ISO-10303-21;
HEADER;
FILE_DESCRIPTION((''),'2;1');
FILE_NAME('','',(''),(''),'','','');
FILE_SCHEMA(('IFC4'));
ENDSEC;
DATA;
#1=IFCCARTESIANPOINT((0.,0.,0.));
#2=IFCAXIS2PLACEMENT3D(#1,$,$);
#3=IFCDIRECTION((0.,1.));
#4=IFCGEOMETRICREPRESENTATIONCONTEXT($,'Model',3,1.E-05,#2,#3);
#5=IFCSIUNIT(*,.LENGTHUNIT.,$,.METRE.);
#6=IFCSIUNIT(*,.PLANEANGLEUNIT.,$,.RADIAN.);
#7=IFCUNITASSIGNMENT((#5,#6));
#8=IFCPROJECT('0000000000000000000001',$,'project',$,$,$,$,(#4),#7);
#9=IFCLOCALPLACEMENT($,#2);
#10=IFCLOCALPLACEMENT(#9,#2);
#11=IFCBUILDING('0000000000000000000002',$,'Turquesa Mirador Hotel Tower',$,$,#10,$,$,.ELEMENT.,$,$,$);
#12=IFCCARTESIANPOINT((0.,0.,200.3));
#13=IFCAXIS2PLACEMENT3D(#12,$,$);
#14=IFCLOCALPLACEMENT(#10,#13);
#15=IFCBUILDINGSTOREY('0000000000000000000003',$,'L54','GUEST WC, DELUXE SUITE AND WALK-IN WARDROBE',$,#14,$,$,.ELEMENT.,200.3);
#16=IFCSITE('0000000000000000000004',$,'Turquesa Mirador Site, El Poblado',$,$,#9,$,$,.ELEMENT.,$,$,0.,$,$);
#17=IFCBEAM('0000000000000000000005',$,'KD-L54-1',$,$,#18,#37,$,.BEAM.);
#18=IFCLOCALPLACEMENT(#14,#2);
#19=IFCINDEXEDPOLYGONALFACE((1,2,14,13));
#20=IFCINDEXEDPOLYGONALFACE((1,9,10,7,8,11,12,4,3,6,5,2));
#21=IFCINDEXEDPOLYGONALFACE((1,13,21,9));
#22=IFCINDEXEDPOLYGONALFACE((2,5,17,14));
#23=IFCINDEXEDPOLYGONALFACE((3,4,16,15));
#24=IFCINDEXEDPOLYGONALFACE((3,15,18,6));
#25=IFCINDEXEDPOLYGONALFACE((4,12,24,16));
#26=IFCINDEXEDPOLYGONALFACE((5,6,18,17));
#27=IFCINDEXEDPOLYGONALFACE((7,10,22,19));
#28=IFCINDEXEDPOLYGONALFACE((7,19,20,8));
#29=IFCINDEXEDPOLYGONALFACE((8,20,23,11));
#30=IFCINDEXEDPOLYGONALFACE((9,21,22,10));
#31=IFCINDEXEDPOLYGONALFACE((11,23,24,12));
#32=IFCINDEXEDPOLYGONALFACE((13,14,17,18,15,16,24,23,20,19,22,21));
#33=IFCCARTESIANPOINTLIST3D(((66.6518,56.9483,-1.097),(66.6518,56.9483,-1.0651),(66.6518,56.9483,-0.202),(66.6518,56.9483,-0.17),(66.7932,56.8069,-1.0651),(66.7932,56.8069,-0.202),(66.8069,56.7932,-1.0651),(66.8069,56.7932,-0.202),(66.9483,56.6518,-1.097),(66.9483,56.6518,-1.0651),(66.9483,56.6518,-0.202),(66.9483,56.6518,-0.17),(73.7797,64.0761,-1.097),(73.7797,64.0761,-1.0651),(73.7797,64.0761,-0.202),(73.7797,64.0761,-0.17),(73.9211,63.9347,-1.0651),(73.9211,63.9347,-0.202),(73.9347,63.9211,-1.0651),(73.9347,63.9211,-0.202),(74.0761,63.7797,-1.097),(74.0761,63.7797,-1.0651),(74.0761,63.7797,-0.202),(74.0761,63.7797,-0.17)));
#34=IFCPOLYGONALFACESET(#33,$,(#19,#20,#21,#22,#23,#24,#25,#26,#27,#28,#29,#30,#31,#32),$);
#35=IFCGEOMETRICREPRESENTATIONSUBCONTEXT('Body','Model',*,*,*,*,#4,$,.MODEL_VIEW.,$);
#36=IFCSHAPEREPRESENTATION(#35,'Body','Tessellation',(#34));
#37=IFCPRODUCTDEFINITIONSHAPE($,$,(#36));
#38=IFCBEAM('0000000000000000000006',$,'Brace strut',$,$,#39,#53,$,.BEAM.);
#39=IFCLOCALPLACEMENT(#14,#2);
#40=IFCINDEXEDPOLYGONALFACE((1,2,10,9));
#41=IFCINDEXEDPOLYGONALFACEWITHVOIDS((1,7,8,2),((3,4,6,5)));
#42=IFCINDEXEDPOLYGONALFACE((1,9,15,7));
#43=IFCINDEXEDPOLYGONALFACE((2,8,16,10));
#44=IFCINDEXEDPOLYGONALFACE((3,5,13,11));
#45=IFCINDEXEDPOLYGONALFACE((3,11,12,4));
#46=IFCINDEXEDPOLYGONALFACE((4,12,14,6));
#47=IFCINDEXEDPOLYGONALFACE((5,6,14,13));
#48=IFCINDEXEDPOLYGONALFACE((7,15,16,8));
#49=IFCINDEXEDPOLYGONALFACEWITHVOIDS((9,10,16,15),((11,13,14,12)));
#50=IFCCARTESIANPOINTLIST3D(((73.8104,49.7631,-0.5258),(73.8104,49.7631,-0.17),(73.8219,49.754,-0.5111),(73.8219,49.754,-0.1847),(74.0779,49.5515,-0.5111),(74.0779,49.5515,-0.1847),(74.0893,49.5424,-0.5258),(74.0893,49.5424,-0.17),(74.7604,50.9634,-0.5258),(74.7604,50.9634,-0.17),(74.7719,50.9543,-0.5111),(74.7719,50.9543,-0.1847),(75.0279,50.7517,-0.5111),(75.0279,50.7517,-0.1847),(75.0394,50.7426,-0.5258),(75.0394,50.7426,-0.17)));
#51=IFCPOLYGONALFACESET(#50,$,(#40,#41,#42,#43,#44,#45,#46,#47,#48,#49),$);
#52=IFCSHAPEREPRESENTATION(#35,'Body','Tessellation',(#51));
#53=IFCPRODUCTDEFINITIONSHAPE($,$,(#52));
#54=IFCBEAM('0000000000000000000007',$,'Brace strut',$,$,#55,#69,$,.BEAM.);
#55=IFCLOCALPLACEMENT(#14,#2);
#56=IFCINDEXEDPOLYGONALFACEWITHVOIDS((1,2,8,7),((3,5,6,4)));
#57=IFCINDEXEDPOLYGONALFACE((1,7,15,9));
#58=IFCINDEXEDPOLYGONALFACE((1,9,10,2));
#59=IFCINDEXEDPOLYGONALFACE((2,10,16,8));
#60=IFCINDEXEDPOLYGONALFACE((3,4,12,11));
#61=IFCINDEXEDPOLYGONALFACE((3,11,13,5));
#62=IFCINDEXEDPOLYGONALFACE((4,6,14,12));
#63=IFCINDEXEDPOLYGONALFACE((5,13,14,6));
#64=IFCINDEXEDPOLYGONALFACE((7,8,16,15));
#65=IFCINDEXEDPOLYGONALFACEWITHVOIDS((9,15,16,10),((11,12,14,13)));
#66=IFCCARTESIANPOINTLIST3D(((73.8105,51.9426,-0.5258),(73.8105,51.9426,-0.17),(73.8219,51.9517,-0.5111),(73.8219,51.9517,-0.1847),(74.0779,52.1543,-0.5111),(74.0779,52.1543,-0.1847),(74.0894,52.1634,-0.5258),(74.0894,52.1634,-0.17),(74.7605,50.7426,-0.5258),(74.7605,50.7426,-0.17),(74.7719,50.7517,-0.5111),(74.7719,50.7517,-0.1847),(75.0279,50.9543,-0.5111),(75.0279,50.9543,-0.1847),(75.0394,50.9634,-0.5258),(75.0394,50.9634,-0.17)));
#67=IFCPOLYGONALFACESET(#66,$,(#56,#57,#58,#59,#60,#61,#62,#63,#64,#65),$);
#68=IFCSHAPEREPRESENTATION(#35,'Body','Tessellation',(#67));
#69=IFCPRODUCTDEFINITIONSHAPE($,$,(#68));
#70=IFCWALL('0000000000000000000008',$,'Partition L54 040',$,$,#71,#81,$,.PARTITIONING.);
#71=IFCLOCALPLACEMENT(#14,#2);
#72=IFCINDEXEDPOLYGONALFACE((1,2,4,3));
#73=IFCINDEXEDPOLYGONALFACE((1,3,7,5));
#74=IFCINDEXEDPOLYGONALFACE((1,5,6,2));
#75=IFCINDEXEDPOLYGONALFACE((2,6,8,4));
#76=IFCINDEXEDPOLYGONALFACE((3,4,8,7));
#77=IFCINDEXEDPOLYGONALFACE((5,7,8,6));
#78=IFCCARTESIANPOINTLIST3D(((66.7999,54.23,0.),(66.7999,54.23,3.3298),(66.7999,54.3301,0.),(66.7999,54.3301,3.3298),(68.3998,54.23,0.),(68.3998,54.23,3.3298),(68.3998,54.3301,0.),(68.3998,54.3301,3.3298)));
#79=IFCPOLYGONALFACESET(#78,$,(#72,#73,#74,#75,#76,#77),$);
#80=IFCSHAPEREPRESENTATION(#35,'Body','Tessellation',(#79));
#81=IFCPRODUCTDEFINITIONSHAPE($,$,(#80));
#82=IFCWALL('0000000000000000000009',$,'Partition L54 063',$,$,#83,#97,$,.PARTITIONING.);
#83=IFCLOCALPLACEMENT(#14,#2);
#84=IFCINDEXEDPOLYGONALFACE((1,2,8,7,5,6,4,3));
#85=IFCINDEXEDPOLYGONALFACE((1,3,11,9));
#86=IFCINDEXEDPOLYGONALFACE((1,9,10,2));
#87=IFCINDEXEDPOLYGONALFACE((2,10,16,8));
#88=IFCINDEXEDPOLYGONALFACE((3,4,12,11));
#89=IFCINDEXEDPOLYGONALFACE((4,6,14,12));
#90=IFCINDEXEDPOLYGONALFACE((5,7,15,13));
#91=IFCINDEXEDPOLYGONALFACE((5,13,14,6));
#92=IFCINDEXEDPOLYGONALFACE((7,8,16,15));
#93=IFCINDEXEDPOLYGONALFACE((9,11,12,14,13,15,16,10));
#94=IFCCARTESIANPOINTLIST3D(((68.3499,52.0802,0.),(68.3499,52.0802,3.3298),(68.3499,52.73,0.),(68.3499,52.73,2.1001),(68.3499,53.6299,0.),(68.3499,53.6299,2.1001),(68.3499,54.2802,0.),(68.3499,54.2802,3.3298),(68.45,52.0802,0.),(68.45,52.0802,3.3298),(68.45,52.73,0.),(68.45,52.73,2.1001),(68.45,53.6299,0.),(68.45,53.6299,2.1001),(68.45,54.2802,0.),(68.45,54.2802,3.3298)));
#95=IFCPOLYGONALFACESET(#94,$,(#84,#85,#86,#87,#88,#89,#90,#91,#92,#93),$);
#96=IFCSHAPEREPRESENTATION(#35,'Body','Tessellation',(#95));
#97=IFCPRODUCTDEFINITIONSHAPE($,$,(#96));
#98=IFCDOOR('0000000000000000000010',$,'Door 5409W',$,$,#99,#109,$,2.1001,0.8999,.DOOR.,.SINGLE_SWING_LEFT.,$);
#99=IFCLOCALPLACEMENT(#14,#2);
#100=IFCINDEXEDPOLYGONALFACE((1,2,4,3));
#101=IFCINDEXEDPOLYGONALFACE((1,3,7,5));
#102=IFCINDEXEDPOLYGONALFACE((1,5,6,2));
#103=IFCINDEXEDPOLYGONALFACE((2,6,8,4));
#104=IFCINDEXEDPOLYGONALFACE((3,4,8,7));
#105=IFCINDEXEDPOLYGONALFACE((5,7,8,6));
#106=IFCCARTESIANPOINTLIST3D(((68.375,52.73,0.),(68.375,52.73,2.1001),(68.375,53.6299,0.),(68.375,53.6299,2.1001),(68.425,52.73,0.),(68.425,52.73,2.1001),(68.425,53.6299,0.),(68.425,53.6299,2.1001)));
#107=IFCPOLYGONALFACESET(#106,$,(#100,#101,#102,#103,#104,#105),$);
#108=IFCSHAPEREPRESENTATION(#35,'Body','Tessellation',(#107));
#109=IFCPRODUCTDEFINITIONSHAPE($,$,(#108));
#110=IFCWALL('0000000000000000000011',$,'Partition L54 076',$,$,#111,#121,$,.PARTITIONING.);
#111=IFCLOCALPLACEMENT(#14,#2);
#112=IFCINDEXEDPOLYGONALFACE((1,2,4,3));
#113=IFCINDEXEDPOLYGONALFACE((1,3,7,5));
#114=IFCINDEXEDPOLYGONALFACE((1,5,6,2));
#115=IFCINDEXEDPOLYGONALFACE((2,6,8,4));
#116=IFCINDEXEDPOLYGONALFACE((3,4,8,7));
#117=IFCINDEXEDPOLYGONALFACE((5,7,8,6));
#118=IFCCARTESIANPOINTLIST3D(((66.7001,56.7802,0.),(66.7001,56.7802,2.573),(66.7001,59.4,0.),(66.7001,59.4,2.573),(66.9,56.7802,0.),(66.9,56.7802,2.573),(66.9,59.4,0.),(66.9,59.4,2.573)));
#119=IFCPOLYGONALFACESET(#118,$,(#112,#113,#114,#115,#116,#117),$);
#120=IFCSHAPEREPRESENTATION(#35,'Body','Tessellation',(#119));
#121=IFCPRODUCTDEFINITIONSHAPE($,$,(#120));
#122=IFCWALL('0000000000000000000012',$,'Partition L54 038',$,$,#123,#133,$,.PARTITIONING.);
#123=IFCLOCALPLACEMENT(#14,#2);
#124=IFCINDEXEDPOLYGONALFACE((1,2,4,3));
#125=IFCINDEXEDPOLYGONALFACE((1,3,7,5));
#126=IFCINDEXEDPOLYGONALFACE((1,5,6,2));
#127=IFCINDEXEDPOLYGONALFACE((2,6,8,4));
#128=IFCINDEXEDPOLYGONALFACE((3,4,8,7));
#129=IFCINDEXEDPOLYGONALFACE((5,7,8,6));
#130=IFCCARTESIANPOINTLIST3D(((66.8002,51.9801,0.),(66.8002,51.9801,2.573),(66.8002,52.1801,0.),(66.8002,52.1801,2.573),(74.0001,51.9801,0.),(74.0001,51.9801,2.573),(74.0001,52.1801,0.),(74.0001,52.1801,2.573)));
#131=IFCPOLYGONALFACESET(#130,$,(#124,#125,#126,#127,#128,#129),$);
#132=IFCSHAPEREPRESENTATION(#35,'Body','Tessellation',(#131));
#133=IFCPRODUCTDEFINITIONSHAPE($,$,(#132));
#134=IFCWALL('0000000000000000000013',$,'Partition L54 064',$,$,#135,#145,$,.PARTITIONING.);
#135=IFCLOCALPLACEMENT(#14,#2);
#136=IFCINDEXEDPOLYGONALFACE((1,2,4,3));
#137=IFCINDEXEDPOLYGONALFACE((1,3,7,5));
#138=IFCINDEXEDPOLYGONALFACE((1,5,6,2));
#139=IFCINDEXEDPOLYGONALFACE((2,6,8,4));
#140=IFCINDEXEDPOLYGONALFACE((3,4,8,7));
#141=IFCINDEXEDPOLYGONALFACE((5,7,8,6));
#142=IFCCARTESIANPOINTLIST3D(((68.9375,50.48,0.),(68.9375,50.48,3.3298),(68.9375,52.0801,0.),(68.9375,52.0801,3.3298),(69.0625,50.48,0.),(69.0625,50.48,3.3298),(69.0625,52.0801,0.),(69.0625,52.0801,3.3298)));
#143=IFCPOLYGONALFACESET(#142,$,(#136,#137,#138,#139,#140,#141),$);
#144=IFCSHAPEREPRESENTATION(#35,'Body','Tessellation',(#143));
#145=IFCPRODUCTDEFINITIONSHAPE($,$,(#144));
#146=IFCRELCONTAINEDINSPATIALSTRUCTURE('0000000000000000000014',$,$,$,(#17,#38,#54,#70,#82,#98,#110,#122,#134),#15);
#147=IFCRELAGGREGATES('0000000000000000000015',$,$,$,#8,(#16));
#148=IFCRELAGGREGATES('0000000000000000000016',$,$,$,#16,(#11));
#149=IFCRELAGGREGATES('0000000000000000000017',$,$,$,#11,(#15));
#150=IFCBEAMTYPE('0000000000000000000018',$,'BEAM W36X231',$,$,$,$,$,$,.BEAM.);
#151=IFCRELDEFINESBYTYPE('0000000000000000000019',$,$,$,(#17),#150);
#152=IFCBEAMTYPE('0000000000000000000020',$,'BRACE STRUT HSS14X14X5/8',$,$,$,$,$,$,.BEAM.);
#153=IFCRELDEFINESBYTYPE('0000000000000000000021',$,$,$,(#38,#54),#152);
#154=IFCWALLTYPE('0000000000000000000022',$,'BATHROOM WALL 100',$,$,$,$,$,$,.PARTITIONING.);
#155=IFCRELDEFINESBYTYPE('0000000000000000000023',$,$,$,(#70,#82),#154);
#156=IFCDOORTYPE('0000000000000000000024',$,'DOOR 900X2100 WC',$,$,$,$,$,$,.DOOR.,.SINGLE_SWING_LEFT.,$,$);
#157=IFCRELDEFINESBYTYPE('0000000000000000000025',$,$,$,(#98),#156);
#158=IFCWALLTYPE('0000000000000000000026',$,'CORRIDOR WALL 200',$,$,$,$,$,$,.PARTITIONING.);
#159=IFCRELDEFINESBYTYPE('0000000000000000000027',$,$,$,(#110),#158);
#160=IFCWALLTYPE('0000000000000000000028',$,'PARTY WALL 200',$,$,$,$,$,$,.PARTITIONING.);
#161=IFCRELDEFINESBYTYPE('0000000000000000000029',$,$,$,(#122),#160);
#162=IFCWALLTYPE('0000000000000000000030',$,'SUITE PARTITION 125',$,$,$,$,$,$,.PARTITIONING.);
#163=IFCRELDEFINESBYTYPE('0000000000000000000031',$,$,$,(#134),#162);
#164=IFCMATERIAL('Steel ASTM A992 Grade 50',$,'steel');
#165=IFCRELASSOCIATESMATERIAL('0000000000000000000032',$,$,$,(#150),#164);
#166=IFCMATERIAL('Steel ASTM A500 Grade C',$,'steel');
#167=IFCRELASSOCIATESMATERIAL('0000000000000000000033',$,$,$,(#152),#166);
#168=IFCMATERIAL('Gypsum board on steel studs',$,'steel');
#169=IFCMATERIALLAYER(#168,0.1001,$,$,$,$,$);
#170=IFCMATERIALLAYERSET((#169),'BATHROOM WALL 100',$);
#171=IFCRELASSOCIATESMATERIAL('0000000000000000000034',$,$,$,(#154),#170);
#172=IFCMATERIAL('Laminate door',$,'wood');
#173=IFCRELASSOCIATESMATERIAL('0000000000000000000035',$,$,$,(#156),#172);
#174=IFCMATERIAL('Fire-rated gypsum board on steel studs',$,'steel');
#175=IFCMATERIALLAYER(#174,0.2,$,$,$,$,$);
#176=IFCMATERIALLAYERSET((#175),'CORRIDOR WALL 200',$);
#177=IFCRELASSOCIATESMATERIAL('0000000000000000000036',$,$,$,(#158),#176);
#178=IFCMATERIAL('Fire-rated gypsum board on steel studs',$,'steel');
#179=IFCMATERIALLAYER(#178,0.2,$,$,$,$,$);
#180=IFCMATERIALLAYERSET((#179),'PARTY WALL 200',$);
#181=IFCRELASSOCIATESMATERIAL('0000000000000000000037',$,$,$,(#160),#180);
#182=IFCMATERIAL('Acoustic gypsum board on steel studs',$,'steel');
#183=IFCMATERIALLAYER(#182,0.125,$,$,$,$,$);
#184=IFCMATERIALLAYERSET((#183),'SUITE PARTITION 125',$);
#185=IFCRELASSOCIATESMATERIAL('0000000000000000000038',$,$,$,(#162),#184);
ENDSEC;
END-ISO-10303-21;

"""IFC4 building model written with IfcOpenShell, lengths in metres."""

from ifc_helpers import new_model, si_unit, direction, frame, frame_2d, origin, origin_2d, place, context, subcontext, project, spatial, rectangle, hollow_rectangle, i_section, extrude, material, layer, layer_set, material_profile, profile_set, type_object, element, fill, save


model = new_model("IFC4")

# Units and contexts
model_context = context("Model", 3, precision=1e-05, world=origin(), true_north=direction((0.0, 1.0)))
body_context = subcontext(model_context, "Body", "Model", "MODEL_VIEW")
ifc_project = project(units=[si_unit("LENGTHUNIT", "METRE"), si_unit("PLANEANGLEUNIT", "RADIAN")], contexts=[model_context])

# Site, building, storey
site_placement = place(None, origin())
site = spatial("IfcSite", under=ifc_project, at=site_placement, Name="Turquesa Mirador Site, El Poblado", CompositionType="ELEMENT", RefElevation=0.0)
building_placement = place(site_placement, origin())
building = spatial("IfcBuilding", under=site, at=building_placement, Name="Turquesa Mirador Hotel Tower", CompositionType="ELEMENT")
storey_placement = place(building_placement, frame((0.0, 0.0, 200.3)))
storey = spatial("IfcBuildingStorey", under=building, at=storey_placement, Name="L54", Description="GUEST WC, DELUXE SUITE AND WALK-IN WARDROBE", CompositionType="ELEMENT", Elevation=200.3)

# Beams
ifc_material_1 = material(Name="Steel ASTM A992 Grade 50", Category="steel")
ifc_material_profile_1 = material_profile(ifc_material_1, i_section(OverallWidth=0.4192, OverallDepth=0.927, WebThickness=0.0193, FlangeThickness=0.032, at=origin_2d()), Name="W36X231")
ifc_profile_set_1 = profile_set([ifc_material_profile_1], Name="Steel ASTM A992 Grade 50")
beam_type_1 = type_object("IfcBeamType", Name="BEAM W36X231", PredefinedType="BEAM", material=ifc_profile_set_1)
beam_1_placement = place(storey_placement, frame((66.8, 56.8, -0.6335), z_axis=(0.707107, 0.707107, 0.0), x_axis=(-0.707107, 0.707107, 0.0)))
element("IfcBeam", 1, at=beam_1_placement, inside=storey, type_object=beam_type_1, Name="KD-L54-1", PredefinedType="BEAM", context=body_context, shape_type="SweptSolid", body=[
    extrude(i_section(OverallWidth=0.4192, OverallDepth=0.927, WebThickness=0.0193, FlangeThickness=0.032, at=origin_2d()), origin(), (0.0, 0.0, 1.0), 10.0803),
])
ifc_material_2 = material(Name="Steel ASTM A500 Grade C", Category="steel")
ifc_material_profile_2 = material_profile(ifc_material_2, hollow_rectangle(XDim=0.3557, YDim=0.3557, WallThickness=0.0146, at=origin_2d()), Name="HSS14X14X5/8")
ifc_profile_set_2 = profile_set([ifc_material_profile_2], Name="Steel ASTM A500 Grade C")
beam_type_2 = type_object("IfcBeamType", Name="BRACE STRUT HSS14X14X5/8", PredefinedType="BEAM", material=ifc_profile_set_2)
beam_2_placement = place(storey_placement, frame((74.8999, 50.853, -0.3479), z_axis=(-0.620621, -0.784111, 0.0), x_axis=(0.784111, -0.620621, 0.0)))
element("IfcBeam", 2, at=beam_2_placement, inside=storey, type_object=beam_type_2, Name="Brace strut", PredefinedType="BEAM", context=body_context, shape_type="SweptSolid", body=[
    extrude(hollow_rectangle(XDim=0.3557, YDim=0.3557, WallThickness=0.0146, at=origin_2d()), origin(), (0.0, 0.0, 1.0), 1.5308),
])
beam_3_placement = place(storey_placement, frame((74.8999, 50.853, -0.3479), z_axis=(-0.620699, 0.784049, 0.0), x_axis=(-0.784049, -0.620699, 0.0)))
element("IfcBeam", 3, at=beam_3_placement, inside=storey, type_object=beam_type_2, Name="Brace strut", PredefinedType="BEAM", context=body_context, shape_type="SweptSolid", body=[
    extrude(hollow_rectangle(XDim=0.3557, YDim=0.3557, WallThickness=0.0146, at=origin_2d()), origin(), (0.0, 0.0, 1.0), 1.5305),
])

# Wall
ifc_material_3 = material(Name="Gypsum board on steel studs", Category="steel")
ifc_layer_1 = layer(ifc_material_3, 0.1001)
ifc_layer_set_1 = layer_set([ifc_layer_1], Name="BATHROOM WALL 100")
wall_type_1 = type_object("IfcWallType", Name="BATHROOM WALL 100", PredefinedType="PARTITIONING", material=ifc_layer_set_1)
wall_1_placement = place(storey_placement, frame((66.8, 54.28, 0.0), z_axis=(0.0, 0.0, 1.0), x_axis=(1.0, 0.0, 0.0)))
element("IfcWall", 4, at=wall_1_placement, inside=storey, type_object=wall_type_1, Name="Partition L54 040", PredefinedType="PARTITIONING", context=body_context, shape_type="SweptSolid", body=[
    extrude(rectangle(XDim=1.5999, YDim=0.1001, at=frame_2d((0.7998, 0.0))), origin(), (0.0, 0.0, 1.0), 3.3298),
])

# Wall, opening, door
wall_2_placement = place(storey_placement, frame((68.3999, 52.0801, 0.0), z_axis=(0.0, 0.0, 1.0), x_axis=(0.0, 1.0, 0.0)))
wall_2 = element("IfcWall", 5, at=wall_2_placement, inside=storey, type_object=wall_type_1, Name="Partition L54 063", PredefinedType="PARTITIONING", context=body_context, shape_type="SweptSolid", body=[
    extrude(rectangle(XDim=2.2, YDim=0.1001, at=frame_2d((1.1001, 0.0))), origin(), (0.0, 0.0, 1.0), 3.3298),
])
opening_placement = place(wall_2_placement, frame((0.6499, 0.0, 0.0)))
opening = element("IfcOpeningElement", 6, at=opening_placement, cuts=wall_2, PredefinedType="OPENING", context=body_context, shape_type="SweptSolid", body=[
    extrude(rectangle(XDim=0.8999, YDim=2.1001, at=frame_2d((0.45, 1.05))), frame((0.0, 0.0601, 0.0), z_axis=(0.0, -1.0, 0.0), x_axis=(1.0, 0.0, 0.0)), (0.0, 0.0, 1.0), 0.1201),
])
ifc_material_4 = material(Name="Laminate door", Category="wood")
door_type = type_object("IfcDoorType", Name="DOOR 900X2100 WC", OperationType="SINGLE_SWING_LEFT", PredefinedType="DOOR", material=ifc_material_4)
door_placement = place(opening_placement, origin())
door = element("IfcDoor", 7, at=door_placement, inside=storey, type_object=door_type, Name="Door 5409W", OperationType="SINGLE_SWING_LEFT", OverallHeight=2.1001, OverallWidth=0.8999, PredefinedType="DOOR", context=body_context, shape_type="SweptSolid", body=[
    extrude(rectangle(XDim=0.8999, YDim=2.1001, at=frame_2d((0.45, 1.05))), frame((0.0, 0.0249, 0.0), z_axis=(0.0, -1.0, 0.0), x_axis=(1.0, 0.0, 0.0)), (0.0, 0.0, 1.0), 0.05),
])
fill(opening, door)

# Walls
ifc_material_5 = material(Name="Fire-rated gypsum board on steel studs", Category="steel")
ifc_layer_2 = layer(ifc_material_5, 0.2)
ifc_layer_set_2 = layer_set([ifc_layer_2], Name="CORRIDOR WALL 200")
wall_type_2 = type_object("IfcWallType", Name="CORRIDOR WALL 200", PredefinedType="PARTITIONING", material=ifc_layer_set_2)
wall_3_placement = place(storey_placement, frame((66.8, 56.78, 0.0), z_axis=(0.0, 0.0, 1.0), x_axis=(0.0, 1.0, 0.0)))
element("IfcWall", 8, at=wall_3_placement, inside=storey, type_object=wall_type_2, Name="Partition L54 076", PredefinedType="PARTITIONING", context=body_context, shape_type="SweptSolid", body=[
    extrude(rectangle(XDim=2.6199, YDim=0.2, at=frame_2d((1.3101, 0.0))), origin(), (0.0, 0.0, 1.0), 2.573),
])
ifc_material_6 = material(Name="Fire-rated gypsum board on steel studs", Category="steel")
ifc_layer_3 = layer(ifc_material_6, 0.2)
ifc_layer_set_3 = layer_set([ifc_layer_3], Name="PARTY WALL 200")
wall_type_3 = type_object("IfcWallType", Name="PARTY WALL 200", PredefinedType="PARTITIONING", material=ifc_layer_set_3)
wall_4_placement = place(storey_placement, frame((66.8, 52.0801, 0.0), z_axis=(0.0, 0.0, 1.0), x_axis=(1.0, 0.0, 0.0)))
element("IfcWall", 9, at=wall_4_placement, inside=storey, type_object=wall_type_3, Name="Partition L54 038", PredefinedType="PARTITIONING", context=body_context, shape_type="SweptSolid", body=[
    extrude(rectangle(XDim=7.2, YDim=0.2, at=frame_2d((3.6001, 0.0))), origin(), (0.0, 0.0, 1.0), 2.573),
])
ifc_material_7 = material(Name="Acoustic gypsum board on steel studs", Category="steel")
ifc_layer_4 = layer(ifc_material_7, 0.125)
ifc_layer_set_4 = layer_set([ifc_layer_4], Name="SUITE PARTITION 125")
wall_type_4 = type_object("IfcWallType", Name="SUITE PARTITION 125", PredefinedType="PARTITIONING", material=ifc_layer_set_4)
wall_5_placement = place(storey_placement, frame((69.0, 50.48, 0.0), z_axis=(0.0, 0.0, 1.0), x_axis=(0.0, 1.0, 0.0)))
element("IfcWall", 10, at=wall_5_placement, inside=storey, type_object=wall_type_4, Name="Partition L54 064", PredefinedType="PARTITIONING", context=body_context, shape_type="SweptSolid", body=[
    extrude(rectangle(XDim=1.6001, YDim=0.125, at=frame_2d((0.8, 0.0))), origin(), (0.0, 0.0, 1.0), 3.3298),
])

save(model, "model.ifc")
